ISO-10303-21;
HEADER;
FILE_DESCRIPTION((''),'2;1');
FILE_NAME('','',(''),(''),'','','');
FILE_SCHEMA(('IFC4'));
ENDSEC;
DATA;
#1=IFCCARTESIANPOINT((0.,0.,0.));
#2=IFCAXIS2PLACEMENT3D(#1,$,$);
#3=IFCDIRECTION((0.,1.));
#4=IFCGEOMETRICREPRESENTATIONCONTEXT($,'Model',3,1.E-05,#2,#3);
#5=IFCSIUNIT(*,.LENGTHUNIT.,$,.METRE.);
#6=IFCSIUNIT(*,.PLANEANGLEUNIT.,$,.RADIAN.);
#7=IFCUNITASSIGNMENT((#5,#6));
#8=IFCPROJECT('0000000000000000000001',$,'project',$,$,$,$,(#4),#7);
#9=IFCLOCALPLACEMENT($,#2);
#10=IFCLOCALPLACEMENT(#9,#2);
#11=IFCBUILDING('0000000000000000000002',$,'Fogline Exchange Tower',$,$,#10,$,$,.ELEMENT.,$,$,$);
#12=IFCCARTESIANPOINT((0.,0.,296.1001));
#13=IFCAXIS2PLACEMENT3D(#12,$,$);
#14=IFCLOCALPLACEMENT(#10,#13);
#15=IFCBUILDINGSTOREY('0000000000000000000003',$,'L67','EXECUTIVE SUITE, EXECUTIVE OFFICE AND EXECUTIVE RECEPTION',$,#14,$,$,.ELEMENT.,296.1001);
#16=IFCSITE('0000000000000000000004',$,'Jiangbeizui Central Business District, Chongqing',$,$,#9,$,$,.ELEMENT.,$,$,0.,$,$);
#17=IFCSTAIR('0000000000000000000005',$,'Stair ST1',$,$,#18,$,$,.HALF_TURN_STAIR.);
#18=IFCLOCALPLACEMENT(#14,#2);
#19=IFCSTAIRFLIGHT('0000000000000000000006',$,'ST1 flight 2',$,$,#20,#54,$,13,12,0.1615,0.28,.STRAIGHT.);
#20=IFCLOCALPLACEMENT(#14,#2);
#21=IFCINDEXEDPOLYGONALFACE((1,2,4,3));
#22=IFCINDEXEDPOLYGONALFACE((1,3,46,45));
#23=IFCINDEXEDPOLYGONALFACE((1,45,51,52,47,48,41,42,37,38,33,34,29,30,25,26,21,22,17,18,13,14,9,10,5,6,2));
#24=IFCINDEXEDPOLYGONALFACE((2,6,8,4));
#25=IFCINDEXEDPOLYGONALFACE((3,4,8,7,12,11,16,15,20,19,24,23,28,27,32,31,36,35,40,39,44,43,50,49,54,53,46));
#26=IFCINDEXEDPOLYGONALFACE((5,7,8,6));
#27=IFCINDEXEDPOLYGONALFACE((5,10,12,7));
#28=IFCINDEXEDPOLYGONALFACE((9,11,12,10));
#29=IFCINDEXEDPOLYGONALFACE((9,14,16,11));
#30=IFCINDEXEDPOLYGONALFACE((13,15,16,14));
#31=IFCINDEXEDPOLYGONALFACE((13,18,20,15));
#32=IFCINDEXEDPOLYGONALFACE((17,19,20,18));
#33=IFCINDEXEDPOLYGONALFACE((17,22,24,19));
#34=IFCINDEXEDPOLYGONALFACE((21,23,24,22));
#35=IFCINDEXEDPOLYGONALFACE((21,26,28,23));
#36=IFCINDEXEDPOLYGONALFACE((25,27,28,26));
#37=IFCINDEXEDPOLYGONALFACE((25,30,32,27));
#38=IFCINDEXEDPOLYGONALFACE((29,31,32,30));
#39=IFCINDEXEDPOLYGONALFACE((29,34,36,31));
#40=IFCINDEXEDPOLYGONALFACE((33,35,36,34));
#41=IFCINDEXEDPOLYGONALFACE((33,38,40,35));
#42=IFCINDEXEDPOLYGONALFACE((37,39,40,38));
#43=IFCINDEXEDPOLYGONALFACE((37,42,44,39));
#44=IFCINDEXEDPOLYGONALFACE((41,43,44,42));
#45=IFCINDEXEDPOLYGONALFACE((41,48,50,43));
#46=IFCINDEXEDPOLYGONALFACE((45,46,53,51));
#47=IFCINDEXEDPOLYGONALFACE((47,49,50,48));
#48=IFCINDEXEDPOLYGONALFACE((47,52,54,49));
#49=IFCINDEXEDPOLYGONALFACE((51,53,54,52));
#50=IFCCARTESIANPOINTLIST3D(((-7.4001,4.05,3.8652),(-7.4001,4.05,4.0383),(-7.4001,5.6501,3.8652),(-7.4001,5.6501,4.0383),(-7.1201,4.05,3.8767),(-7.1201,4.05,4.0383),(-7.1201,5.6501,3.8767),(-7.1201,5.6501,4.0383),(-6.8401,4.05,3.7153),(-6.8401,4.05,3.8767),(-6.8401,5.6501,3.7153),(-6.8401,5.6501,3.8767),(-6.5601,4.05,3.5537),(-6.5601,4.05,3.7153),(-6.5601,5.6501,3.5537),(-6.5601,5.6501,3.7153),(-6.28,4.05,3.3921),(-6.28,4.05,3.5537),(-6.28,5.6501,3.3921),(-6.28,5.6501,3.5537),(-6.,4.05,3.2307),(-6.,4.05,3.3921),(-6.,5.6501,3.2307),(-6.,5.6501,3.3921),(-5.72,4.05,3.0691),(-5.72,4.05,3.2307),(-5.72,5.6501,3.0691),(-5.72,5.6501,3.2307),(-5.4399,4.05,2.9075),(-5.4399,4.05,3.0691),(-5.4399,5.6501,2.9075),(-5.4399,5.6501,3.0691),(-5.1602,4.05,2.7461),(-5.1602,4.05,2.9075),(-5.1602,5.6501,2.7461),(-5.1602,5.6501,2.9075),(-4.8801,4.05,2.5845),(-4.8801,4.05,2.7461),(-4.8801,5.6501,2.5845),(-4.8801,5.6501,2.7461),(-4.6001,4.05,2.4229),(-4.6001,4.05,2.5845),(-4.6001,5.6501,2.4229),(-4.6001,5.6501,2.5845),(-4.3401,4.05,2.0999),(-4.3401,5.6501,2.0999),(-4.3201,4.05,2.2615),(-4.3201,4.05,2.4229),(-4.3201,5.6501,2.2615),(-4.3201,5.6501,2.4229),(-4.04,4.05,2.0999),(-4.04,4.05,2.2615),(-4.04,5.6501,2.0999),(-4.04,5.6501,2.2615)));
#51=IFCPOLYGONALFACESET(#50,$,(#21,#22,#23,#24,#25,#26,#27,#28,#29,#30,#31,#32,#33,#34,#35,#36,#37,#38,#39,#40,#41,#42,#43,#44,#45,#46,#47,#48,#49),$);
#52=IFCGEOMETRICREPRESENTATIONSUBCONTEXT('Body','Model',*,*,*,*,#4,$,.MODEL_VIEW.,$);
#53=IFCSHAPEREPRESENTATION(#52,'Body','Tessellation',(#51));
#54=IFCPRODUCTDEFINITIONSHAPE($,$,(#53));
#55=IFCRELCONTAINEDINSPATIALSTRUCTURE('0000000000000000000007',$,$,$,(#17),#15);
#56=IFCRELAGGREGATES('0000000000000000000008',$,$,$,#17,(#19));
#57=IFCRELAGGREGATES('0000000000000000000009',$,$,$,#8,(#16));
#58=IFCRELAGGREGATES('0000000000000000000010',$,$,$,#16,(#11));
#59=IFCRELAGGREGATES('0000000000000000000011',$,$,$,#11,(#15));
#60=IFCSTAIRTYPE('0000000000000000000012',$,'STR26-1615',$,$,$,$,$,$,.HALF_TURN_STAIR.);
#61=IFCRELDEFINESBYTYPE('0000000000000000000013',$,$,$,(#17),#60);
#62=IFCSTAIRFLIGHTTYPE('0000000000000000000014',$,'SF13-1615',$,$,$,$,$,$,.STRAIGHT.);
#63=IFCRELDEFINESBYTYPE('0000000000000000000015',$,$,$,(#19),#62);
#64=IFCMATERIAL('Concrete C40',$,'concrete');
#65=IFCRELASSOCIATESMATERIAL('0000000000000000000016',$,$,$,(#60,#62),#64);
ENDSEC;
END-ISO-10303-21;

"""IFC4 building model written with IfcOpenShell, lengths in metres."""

from ifc_helpers import new_model, si_unit, direction, frame, origin, place, context, subcontext, project, spatial, polyline, outline, extrude, material, type_object, element, aggregate, save


model = new_model("IFC4")

# Units and contexts
model_context = context("Model", 3, precision=1e-05, world=origin(), true_north=direction((0.0, 1.0)))
body_context = subcontext(model_context, "Body", "Model", "MODEL_VIEW")
ifc_project = project(units=[si_unit("LENGTHUNIT", "METRE"), si_unit("PLANEANGLEUNIT", "RADIAN")], contexts=[model_context])

# Site, building, storey
site_placement = place(None, origin())
site = spatial("IfcSite", under=ifc_project, at=site_placement, Name="Jiangbeizui Central Business District, Chongqing", CompositionType="ELEMENT", RefElevation=0.0)
building_placement = place(site_placement, origin())
building = spatial("IfcBuilding", under=site, at=building_placement, Name="Fogline Exchange Tower", CompositionType="ELEMENT")
storey_placement = place(building_placement, frame((0.0, 0.0, 296.1001)))
storey = spatial("IfcBuildingStorey", under=building, at=storey_placement, Name="L67", Description="EXECUTIVE SUITE, EXECUTIVE OFFICE AND EXECUTIVE RECEPTION", CompositionType="ELEMENT", Elevation=296.1001)

# Shared definitions
ifc_material_1 = material(Name="Concrete C40", Category="concrete")

# Stair, stair flight
stair_type = type_object("IfcStairType", Name="STR26-1615", PredefinedType="HALF_TURN_STAIR", material=ifc_material_1)
stair_placement = place(storey_placement, origin())
stair = element("IfcStair", 1, at=stair_placement, inside=storey, type_object=stair_type, Name="Stair ST1", PredefinedType="HALF_TURN_STAIR")
stair_flight_type = type_object("IfcStairFlightType", Name="SF13-1615", PredefinedType="STRAIGHT", material=ifc_material_1)
stair_flight_placement = place(storey_placement, frame((-4.04, 4.8501, 2.0999), z_axis=(0.0, 0.0, 1.0), x_axis=(-1.0, 0.0, 0.0)))
stair_flight = element("IfcStairFlight", 2, at=stair_flight_placement, type_object=stair_flight_type, Name="ST1 flight 2", NumberOfRisers=13, NumberOfTreads=12, PredefinedType="STRAIGHT", RiserHeight=0.1615, TreadLength=0.28, context=body_context, shape_type="SweptSolid", body=[
    extrude(outline(polyline([(0.0, 0.0), (0.0, 0.1616), (0.28, 0.1616), (0.28, 0.323), (0.5601, 0.323), (0.5601, 0.4846), (0.8401, 0.4846), (0.8401, 0.6462), (1.1201, 0.6462), (1.1201, 0.8076), (1.3999, 0.8076), (1.3999, 0.9692), (1.6799, 0.9692), (1.6799, 1.1309), (1.96, 1.1309), (1.96, 1.2922), (2.24, 1.2922), (2.24, 1.4539), (2.52, 1.4539), (2.52, 1.6155), (2.8, 1.6155), (2.8, 1.7769), (3.0801, 1.7769), (3.0801, 1.9385), (3.3601, 1.9385), (3.3601, 2.1001), (3.3601, 1.7654), (0.3, 0.0), (0.0, 0.0)])), frame((0.0, 0.8, 0.0), z_axis=(0.0, -1.0, 0.0), x_axis=(1.0, 0.0, 0.0)), (0.0, 0.0, 1.0), 1.6001),
])
aggregate(stair, [stair_flight])

save(model, "model.ifc")
